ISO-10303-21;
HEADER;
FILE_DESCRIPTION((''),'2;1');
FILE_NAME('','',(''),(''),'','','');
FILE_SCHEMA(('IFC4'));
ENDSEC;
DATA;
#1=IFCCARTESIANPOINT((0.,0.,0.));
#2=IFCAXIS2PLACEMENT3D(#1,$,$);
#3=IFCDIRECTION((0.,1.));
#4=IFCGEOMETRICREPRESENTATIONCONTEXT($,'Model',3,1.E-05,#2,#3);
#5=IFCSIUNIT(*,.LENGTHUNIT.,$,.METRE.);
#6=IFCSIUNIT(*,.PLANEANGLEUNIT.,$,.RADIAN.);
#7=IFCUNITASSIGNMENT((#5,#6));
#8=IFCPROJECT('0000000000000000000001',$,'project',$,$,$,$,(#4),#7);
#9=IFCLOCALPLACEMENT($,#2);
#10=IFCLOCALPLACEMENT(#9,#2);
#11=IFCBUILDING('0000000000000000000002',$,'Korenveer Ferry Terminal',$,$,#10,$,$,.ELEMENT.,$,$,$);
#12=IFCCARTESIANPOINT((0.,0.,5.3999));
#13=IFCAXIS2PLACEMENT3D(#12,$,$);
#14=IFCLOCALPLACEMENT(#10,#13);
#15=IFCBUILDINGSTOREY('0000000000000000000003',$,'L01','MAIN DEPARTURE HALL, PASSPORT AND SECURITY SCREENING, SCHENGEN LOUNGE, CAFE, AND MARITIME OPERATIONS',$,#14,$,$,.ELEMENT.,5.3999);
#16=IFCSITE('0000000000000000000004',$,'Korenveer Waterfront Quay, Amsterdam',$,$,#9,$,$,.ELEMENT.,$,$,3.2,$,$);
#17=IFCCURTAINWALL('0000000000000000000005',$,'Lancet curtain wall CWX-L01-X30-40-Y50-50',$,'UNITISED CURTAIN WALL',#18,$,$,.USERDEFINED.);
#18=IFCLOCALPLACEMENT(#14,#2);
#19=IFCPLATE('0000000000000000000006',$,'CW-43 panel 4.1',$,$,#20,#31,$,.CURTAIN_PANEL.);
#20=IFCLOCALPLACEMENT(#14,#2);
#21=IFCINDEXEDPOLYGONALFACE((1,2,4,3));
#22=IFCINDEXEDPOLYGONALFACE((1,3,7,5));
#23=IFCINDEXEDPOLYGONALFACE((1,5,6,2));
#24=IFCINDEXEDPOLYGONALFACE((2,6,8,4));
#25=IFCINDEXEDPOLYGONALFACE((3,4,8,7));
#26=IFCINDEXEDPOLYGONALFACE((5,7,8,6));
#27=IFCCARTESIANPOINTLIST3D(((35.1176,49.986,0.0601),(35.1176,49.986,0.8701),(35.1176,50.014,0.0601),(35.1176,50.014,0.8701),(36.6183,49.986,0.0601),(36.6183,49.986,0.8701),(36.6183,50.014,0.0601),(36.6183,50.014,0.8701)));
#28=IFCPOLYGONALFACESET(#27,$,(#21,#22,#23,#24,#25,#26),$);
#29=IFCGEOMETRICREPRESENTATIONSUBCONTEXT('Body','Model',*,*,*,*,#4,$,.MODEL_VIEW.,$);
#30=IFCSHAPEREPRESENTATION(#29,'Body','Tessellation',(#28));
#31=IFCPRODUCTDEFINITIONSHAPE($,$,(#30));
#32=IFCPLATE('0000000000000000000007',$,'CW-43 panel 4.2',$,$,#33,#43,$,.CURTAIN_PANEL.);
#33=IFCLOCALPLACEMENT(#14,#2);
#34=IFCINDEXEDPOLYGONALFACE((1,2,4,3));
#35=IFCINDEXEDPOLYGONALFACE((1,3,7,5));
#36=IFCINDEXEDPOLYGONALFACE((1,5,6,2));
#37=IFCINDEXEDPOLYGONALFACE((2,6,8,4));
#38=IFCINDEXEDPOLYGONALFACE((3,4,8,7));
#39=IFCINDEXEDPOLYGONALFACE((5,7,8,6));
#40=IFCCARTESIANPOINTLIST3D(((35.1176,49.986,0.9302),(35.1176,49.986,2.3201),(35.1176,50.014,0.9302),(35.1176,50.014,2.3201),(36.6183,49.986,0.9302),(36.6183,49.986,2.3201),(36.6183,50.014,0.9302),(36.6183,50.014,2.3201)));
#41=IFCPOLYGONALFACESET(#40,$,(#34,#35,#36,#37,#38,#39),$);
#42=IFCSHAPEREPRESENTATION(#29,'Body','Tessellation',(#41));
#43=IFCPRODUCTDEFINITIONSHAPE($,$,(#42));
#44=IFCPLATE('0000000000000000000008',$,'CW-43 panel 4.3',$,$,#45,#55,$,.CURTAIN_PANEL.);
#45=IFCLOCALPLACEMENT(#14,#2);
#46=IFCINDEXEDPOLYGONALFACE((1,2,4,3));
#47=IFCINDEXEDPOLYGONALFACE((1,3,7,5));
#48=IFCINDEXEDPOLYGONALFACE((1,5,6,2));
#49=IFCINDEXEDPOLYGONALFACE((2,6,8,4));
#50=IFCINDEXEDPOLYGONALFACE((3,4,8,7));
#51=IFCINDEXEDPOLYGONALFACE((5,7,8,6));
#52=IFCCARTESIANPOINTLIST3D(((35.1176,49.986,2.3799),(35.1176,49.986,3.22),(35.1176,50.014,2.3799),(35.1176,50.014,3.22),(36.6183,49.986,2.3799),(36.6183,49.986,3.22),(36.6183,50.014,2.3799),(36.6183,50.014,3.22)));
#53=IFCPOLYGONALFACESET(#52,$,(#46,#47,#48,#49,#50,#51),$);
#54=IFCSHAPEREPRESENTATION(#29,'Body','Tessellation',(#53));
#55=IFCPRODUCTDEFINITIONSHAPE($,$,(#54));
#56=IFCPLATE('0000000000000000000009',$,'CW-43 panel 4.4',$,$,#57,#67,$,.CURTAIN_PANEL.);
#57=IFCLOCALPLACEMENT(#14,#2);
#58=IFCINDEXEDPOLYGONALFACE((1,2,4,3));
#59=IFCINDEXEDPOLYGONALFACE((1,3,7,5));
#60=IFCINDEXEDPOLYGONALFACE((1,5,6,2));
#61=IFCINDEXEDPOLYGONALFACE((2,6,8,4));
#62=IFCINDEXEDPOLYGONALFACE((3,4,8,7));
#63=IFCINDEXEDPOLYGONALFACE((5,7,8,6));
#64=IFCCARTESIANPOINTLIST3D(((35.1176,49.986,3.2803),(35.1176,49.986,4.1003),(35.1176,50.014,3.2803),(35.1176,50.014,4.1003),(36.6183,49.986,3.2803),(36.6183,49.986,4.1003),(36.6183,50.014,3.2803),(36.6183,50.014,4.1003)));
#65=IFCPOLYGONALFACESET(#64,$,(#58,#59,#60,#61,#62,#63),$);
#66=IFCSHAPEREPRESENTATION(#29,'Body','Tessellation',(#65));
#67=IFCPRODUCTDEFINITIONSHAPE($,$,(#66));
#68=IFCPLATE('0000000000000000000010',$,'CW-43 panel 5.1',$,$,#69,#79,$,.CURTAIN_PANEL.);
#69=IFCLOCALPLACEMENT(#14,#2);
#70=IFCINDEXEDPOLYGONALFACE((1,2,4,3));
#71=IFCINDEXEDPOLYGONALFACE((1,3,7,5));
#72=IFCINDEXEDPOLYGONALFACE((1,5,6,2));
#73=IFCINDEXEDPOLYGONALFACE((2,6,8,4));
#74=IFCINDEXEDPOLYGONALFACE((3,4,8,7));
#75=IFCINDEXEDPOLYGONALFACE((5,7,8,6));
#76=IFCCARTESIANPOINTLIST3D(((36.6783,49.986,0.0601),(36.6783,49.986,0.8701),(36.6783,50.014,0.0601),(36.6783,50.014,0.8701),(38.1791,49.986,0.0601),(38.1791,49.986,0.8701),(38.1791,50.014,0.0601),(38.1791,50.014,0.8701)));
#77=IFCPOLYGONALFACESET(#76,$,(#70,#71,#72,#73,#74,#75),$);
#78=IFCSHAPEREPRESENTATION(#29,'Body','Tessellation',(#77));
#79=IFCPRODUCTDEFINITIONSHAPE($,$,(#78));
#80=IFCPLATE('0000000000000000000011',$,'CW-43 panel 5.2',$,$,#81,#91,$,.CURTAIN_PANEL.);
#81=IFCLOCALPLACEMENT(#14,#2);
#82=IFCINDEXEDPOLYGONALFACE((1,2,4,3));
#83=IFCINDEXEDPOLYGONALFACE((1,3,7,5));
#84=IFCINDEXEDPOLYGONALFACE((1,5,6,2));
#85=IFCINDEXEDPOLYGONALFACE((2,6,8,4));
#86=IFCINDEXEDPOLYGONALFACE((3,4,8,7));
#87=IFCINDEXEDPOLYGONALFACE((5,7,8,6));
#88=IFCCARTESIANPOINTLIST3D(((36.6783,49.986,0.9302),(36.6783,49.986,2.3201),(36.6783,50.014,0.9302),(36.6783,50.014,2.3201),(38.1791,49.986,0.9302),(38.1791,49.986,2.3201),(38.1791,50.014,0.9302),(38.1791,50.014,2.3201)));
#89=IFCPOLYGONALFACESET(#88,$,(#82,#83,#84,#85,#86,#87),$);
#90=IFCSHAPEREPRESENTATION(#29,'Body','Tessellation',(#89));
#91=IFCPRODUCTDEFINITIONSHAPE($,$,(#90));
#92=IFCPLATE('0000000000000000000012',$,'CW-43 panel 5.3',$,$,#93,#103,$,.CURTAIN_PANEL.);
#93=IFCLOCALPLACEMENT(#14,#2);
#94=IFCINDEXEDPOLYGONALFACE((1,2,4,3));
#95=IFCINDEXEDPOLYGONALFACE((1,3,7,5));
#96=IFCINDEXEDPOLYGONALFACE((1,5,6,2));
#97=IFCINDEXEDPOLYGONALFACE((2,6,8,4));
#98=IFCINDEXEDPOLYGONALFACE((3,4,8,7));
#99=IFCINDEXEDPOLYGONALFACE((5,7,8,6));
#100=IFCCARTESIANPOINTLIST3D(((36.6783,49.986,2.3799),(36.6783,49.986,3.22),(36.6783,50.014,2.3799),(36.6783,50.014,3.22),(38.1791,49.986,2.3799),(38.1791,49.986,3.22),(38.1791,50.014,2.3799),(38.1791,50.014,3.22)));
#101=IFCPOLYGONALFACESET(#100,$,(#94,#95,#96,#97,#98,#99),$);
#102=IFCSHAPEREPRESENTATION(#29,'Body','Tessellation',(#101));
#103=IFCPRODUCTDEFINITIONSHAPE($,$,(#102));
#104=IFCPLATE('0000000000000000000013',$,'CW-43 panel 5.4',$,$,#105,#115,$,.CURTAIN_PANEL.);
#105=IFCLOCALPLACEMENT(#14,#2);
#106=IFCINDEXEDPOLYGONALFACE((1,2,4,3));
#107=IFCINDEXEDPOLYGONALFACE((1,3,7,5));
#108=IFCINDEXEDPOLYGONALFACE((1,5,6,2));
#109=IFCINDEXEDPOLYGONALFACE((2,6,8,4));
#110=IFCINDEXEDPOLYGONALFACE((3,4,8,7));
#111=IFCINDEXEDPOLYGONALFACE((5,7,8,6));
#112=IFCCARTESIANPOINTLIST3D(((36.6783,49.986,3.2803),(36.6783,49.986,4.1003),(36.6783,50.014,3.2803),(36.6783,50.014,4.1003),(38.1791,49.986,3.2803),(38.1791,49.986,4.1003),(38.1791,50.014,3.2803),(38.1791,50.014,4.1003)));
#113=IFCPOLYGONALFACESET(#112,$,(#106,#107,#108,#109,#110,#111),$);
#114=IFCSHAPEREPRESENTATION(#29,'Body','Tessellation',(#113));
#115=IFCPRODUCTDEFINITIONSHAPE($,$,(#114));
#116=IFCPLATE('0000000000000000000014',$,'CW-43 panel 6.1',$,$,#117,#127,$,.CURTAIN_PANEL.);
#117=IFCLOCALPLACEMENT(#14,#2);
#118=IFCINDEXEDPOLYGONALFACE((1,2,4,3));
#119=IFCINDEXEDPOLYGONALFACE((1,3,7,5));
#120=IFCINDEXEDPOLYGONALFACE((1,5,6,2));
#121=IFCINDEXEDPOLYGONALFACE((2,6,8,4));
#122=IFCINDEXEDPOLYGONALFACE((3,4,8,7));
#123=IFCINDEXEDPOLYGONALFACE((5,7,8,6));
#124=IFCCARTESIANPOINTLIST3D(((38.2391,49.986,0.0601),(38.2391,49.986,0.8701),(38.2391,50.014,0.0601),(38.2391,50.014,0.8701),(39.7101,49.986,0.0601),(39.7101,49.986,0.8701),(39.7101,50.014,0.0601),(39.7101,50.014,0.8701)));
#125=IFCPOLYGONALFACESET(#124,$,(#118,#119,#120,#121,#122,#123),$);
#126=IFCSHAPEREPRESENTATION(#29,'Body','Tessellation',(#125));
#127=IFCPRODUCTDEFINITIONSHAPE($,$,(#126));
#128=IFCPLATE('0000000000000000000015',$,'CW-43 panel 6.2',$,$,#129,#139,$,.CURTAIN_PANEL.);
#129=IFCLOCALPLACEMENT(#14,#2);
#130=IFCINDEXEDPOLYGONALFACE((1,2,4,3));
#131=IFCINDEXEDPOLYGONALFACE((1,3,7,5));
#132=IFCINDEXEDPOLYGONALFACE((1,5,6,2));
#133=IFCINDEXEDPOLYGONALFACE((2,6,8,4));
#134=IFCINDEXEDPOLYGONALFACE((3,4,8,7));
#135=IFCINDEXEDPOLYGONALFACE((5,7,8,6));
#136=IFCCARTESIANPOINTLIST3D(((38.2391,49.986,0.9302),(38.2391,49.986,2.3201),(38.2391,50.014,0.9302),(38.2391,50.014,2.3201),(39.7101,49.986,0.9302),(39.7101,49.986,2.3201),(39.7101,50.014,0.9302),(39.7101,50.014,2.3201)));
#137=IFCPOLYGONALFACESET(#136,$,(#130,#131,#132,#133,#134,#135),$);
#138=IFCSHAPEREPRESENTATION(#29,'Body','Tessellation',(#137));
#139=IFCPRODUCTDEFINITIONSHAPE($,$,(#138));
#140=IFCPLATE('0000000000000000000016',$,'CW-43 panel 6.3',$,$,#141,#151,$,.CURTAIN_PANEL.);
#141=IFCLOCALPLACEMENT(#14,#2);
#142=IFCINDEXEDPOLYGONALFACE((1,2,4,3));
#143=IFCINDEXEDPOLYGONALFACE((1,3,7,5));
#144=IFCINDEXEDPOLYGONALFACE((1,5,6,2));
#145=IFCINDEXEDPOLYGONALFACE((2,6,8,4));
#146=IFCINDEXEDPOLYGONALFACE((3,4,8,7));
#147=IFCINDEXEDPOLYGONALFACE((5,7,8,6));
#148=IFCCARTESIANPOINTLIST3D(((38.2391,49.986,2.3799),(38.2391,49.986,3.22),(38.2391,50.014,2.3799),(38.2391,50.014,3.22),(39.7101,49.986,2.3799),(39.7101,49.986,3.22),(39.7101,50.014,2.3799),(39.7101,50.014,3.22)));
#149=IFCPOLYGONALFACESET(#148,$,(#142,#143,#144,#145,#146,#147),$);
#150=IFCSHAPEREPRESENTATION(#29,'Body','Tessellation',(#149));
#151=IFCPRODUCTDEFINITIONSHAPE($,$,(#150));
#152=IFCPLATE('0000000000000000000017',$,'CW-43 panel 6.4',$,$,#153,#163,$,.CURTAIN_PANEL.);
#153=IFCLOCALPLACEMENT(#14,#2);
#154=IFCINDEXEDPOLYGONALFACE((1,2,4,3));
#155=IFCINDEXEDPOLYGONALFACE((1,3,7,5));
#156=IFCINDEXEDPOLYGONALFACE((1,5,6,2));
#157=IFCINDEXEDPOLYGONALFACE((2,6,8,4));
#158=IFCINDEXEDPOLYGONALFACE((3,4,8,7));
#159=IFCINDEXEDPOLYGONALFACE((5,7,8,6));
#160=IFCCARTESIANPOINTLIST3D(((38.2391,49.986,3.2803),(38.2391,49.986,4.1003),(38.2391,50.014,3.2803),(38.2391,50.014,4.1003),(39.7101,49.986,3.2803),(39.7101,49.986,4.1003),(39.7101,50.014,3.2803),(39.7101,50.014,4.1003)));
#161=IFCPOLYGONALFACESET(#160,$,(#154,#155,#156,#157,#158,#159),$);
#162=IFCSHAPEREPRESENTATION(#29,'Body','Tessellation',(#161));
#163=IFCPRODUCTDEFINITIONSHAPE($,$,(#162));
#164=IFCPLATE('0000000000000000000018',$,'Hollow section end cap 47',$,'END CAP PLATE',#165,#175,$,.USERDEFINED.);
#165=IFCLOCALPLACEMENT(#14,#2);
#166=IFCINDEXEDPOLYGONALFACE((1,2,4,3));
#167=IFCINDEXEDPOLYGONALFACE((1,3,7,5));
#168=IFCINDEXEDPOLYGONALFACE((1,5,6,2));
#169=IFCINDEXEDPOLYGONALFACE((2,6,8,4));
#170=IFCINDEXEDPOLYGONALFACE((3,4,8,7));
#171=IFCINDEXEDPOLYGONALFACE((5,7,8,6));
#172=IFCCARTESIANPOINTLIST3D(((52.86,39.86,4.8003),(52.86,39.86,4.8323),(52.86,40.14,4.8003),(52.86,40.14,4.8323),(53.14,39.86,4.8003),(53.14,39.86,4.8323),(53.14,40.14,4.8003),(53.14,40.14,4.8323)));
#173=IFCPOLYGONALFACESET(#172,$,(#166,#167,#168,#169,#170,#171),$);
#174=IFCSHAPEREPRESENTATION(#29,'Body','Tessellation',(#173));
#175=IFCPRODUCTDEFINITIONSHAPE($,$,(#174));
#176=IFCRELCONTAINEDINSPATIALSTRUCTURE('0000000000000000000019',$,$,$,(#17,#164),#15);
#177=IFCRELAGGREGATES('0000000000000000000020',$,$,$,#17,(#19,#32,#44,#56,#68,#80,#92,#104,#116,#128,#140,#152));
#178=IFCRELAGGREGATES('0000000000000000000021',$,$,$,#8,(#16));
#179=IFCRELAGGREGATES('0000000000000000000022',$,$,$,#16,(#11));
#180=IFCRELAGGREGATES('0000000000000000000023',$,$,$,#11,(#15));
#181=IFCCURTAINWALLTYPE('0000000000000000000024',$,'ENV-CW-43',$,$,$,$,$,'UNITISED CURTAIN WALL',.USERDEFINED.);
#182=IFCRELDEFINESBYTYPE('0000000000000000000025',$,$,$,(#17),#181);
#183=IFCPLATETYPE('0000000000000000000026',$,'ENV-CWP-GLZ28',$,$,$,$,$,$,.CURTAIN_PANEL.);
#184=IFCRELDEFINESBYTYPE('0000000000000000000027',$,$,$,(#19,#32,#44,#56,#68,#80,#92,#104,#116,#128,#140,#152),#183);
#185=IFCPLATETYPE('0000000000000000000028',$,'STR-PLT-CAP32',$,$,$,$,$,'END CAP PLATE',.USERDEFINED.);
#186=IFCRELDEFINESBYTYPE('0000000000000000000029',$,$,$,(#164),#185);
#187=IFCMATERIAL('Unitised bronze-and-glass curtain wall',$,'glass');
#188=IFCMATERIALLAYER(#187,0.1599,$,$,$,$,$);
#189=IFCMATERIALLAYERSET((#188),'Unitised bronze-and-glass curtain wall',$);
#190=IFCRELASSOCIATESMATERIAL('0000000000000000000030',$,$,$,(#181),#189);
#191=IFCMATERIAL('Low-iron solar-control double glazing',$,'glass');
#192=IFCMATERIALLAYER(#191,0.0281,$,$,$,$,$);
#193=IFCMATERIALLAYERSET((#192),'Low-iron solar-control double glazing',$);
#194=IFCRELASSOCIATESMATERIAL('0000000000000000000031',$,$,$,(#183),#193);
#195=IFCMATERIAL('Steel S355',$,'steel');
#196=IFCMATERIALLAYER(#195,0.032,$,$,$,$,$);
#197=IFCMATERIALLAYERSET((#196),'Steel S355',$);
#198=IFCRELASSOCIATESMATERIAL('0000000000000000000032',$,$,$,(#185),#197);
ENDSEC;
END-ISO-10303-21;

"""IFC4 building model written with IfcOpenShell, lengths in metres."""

from ifc_helpers import new_model, si_unit, direction, frame, origin, origin_2d, place, context, subcontext, project, spatial, rectangle, extrude, material, layer, layer_set, type_object, element, aggregate, save


model = new_model("IFC4")

# Units and contexts
model_context = context("Model", 3, precision=1e-05, world=origin(), true_north=direction((0.0, 1.0)))
body_context = subcontext(model_context, "Body", "Model", "MODEL_VIEW")
ifc_project = project(units=[si_unit("LENGTHUNIT", "METRE"), si_unit("PLANEANGLEUNIT", "RADIAN")], contexts=[model_context])

# Site, building, storey
site_placement = place(None, origin())
site = spatial("IfcSite", under=ifc_project, at=site_placement, Name="Korenveer Waterfront Quay, Amsterdam", CompositionType="ELEMENT", RefElevation=3.2)
building_placement = place(site_placement, origin())
building = spatial("IfcBuilding", under=site, at=building_placement, Name="Korenveer Ferry Terminal", CompositionType="ELEMENT")
storey_placement = place(building_placement, frame((0.0, 0.0, 5.3999)))
storey = spatial("IfcBuildingStorey", under=building, at=storey_placement, Name="L01", Description="MAIN DEPARTURE HALL, PASSPORT AND SECURITY SCREENING, SCHENGEN LOUNGE, CAFE, AND MARITIME OPERATIONS", CompositionType="ELEMENT", Elevation=5.3999)

# Shared definitions
ifc_material_1 = material(Name="Steel S355", Category="steel")

# Curtain wall
ifc_material_2 = material(Name="Unitised bronze-and-glass curtain wall", Category="glass")
ifc_layer_1 = layer(ifc_material_2, 0.1599)
ifc_layer_set_1 = layer_set([ifc_layer_1], Name="Unitised bronze-and-glass curtain wall")
curtain_wall_type = type_object("IfcCurtainWallType", Name="ENV-CW-43", ElementType="UNITISED CURTAIN WALL", PredefinedType="USERDEFINED", material=ifc_layer_set_1)
curtain_wall_placement = place(storey_placement, frame((30.405, 50.0, 0.0)))
curtain_wall = element("IfcCurtainWall", 1, at=curtain_wall_placement, inside=storey, type_object=curtain_wall_type, Name="Lancet curtain wall CWX-L01-X30-40-Y50-50", ObjectType="UNITISED CURTAIN WALL", PredefinedType="USERDEFINED")

# Plates
ifc_material_3 = material(Name="Low-iron solar-control double glazing", Category="glass")
ifc_layer_2 = layer(ifc_material_3, 0.0281)
ifc_layer_set_2 = layer_set([ifc_layer_2], Name="Low-iron solar-control double glazing")
plate_type_1 = type_object("IfcPlateType", Name="ENV-CWP-GLZ28", PredefinedType="CURTAIN_PANEL", material=ifc_layer_set_2)
plate_1_placement = place(storey_placement, frame((35.8679, 50.0, 0.0601), z_axis=(0.0, 0.0, 1.0), x_axis=(1.0, 0.0, 0.0)))
plate_1 = element("IfcPlate", 2, at=plate_1_placement, type_object=plate_type_1, Name="CW-43 panel 4.1", PredefinedType="CURTAIN_PANEL", context=body_context, shape_type="SweptSolid", body=[
    extrude(rectangle(XDim=1.5007, YDim=0.0281, at=origin_2d()), origin(), (0.0, 0.0, 1.0), 0.8101),
])
plate_2_placement = place(storey_placement, frame((35.8679, 50.0, 0.9302), z_axis=(0.0, 0.0, 1.0), x_axis=(1.0, 0.0, 0.0)))
plate_2 = element("IfcPlate", 3, at=plate_2_placement, type_object=plate_type_1, Name="CW-43 panel 4.2", PredefinedType="CURTAIN_PANEL", context=body_context, shape_type="SweptSolid", body=[
    extrude(rectangle(XDim=1.5007, YDim=0.0281, at=origin_2d()), origin(), (0.0, 0.0, 1.0), 1.3899),
])
plate_3_placement = place(storey_placement, frame((35.8679, 50.0, 2.3799), z_axis=(0.0, 0.0, 1.0), x_axis=(1.0, 0.0, 0.0)))
plate_3 = element("IfcPlate", 4, at=plate_3_placement, type_object=plate_type_1, Name="CW-43 panel 4.3", PredefinedType="CURTAIN_PANEL", context=body_context, shape_type="SweptSolid", body=[
    extrude(rectangle(XDim=1.5007, YDim=0.0281, at=origin_2d()), origin(), (0.0, 0.0, 1.0), 0.8401),
])
plate_4_placement = place(storey_placement, frame((35.8679, 50.0, 3.2803), z_axis=(0.0, 0.0, 1.0), x_axis=(1.0, 0.0, 0.0)))
plate_4 = element("IfcPlate", 5, at=plate_4_placement, type_object=plate_type_1, Name="CW-43 panel 4.4", PredefinedType="CURTAIN_PANEL", context=body_context, shape_type="SweptSolid", body=[
    extrude(rectangle(XDim=1.5007, YDim=0.0281, at=origin_2d()), origin(), (0.0, 0.0, 1.0), 0.8201),
])
plate_5_placement = place(storey_placement, frame((37.4287, 50.0, 0.0601), z_axis=(0.0, 0.0, 1.0), x_axis=(1.0, 0.0, 0.0)))
plate_5 = element("IfcPlate", 6, at=plate_5_placement, type_object=plate_type_1, Name="CW-43 panel 5.1", PredefinedType="CURTAIN_PANEL", context=body_context, shape_type="SweptSolid", body=[
    extrude(rectangle(XDim=1.5007, YDim=0.0281, at=origin_2d()), origin(), (0.0, 0.0, 1.0), 0.8101),
])
plate_6_placement = place(storey_placement, frame((37.4287, 50.0, 0.9302), z_axis=(0.0, 0.0, 1.0), x_axis=(1.0, 0.0, 0.0)))
plate_6 = element("IfcPlate", 7, at=plate_6_placement, type_object=plate_type_1, Name="CW-43 panel 5.2", PredefinedType="CURTAIN_PANEL", context=body_context, shape_type="SweptSolid", body=[
    extrude(rectangle(XDim=1.5007, YDim=0.0281, at=origin_2d()), origin(), (0.0, 0.0, 1.0), 1.3899),
])
plate_7_placement = place(storey_placement, frame((37.4287, 50.0, 2.3799), z_axis=(0.0, 0.0, 1.0), x_axis=(1.0, 0.0, 0.0)))
plate_7 = element("IfcPlate", 8, at=plate_7_placement, type_object=plate_type_1, Name="CW-43 panel 5.3", PredefinedType="CURTAIN_PANEL", context=body_context, shape_type="SweptSolid", body=[
    extrude(rectangle(XDim=1.5007, YDim=0.0281, at=origin_2d()), origin(), (0.0, 0.0, 1.0), 0.8401),
])
plate_8_placement = place(storey_placement, frame((37.4287, 50.0, 3.2803), z_axis=(0.0, 0.0, 1.0), x_axis=(1.0, 0.0, 0.0)))
plate_8 = element("IfcPlate", 9, at=plate_8_placement, type_object=plate_type_1, Name="CW-43 panel 5.4", PredefinedType="CURTAIN_PANEL", context=body_context, shape_type="SweptSolid", body=[
    extrude(rectangle(XDim=1.5007, YDim=0.0281, at=origin_2d()), origin(), (0.0, 0.0, 1.0), 0.8201),
])
plate_9_placement = place(storey_placement, frame((38.9746, 50.0, 0.0601), z_axis=(0.0, 0.0, 1.0), x_axis=(1.0, 0.0, 0.0)))
plate_9 = element("IfcPlate", 10, at=plate_9_placement, type_object=plate_type_1, Name="CW-43 panel 6.1", PredefinedType="CURTAIN_PANEL", context=body_context, shape_type="SweptSolid", body=[
    extrude(rectangle(XDim=1.4709, YDim=0.0281, at=origin_2d()), origin(), (0.0, 0.0, 1.0), 0.8101),
])
plate_10_placement = place(storey_placement, frame((38.9746, 50.0, 0.9302), z_axis=(0.0, 0.0, 1.0), x_axis=(1.0, 0.0, 0.0)))
plate_10 = element("IfcPlate", 11, at=plate_10_placement, type_object=plate_type_1, Name="CW-43 panel 6.2", PredefinedType="CURTAIN_PANEL", context=body_context, shape_type="SweptSolid", body=[
    extrude(rectangle(XDim=1.4709, YDim=0.0281, at=origin_2d()), origin(), (0.0, 0.0, 1.0), 1.3899),
])
plate_11_placement = place(storey_placement, frame((38.9746, 50.0, 2.3799), z_axis=(0.0, 0.0, 1.0), x_axis=(1.0, 0.0, 0.0)))
plate_11 = element("IfcPlate", 12, at=plate_11_placement, type_object=plate_type_1, Name="CW-43 panel 6.3", PredefinedType="CURTAIN_PANEL", context=body_context, shape_type="SweptSolid", body=[
    extrude(rectangle(XDim=1.4709, YDim=0.0281, at=origin_2d()), origin(), (0.0, 0.0, 1.0), 0.8401),
])
plate_12_placement = place(storey_placement, frame((38.9746, 50.0, 3.2803), z_axis=(0.0, 0.0, 1.0), x_axis=(1.0, 0.0, 0.0)))
plate_12 = element("IfcPlate", 13, at=plate_12_placement, type_object=plate_type_1, Name="CW-43 panel 6.4", PredefinedType="CURTAIN_PANEL", context=body_context, shape_type="SweptSolid", body=[
    extrude(rectangle(XDim=1.4709, YDim=0.0281, at=origin_2d()), origin(), (0.0, 0.0, 1.0), 0.8201),
])
aggregate(curtain_wall, [plate_1, plate_2, plate_3, plate_4, plate_5, plate_6, plate_7, plate_8, plate_9, plate_10, plate_11, plate_12])
ifc_layer_3 = layer(ifc_material_1, 0.032)
ifc_layer_set_3 = layer_set([ifc_layer_3], Name="Steel S355")
plate_type_2 = type_object("IfcPlateType", Name="STR-PLT-CAP32", ElementType="END CAP PLATE", PredefinedType="USERDEFINED", material=ifc_layer_set_3)
plate_13_placement = place(storey_placement, frame((53.0, 40.0, 4.8003), z_axis=(0.0, 0.0, 1.0), x_axis=(1.0, 0.0, 0.0)))
element("IfcPlate", 14, at=plate_13_placement, inside=storey, type_object=plate_type_2, Name="Hollow section end cap 47", ObjectType="END CAP PLATE", PredefinedType="USERDEFINED", context=body_context, shape_type="SweptSolid", body=[
    extrude(rectangle(XDim=0.28, YDim=0.28, at=origin_2d()), origin(), (0.0, 0.0, 1.0), 0.032),
])

save(model, "model.ifc")
